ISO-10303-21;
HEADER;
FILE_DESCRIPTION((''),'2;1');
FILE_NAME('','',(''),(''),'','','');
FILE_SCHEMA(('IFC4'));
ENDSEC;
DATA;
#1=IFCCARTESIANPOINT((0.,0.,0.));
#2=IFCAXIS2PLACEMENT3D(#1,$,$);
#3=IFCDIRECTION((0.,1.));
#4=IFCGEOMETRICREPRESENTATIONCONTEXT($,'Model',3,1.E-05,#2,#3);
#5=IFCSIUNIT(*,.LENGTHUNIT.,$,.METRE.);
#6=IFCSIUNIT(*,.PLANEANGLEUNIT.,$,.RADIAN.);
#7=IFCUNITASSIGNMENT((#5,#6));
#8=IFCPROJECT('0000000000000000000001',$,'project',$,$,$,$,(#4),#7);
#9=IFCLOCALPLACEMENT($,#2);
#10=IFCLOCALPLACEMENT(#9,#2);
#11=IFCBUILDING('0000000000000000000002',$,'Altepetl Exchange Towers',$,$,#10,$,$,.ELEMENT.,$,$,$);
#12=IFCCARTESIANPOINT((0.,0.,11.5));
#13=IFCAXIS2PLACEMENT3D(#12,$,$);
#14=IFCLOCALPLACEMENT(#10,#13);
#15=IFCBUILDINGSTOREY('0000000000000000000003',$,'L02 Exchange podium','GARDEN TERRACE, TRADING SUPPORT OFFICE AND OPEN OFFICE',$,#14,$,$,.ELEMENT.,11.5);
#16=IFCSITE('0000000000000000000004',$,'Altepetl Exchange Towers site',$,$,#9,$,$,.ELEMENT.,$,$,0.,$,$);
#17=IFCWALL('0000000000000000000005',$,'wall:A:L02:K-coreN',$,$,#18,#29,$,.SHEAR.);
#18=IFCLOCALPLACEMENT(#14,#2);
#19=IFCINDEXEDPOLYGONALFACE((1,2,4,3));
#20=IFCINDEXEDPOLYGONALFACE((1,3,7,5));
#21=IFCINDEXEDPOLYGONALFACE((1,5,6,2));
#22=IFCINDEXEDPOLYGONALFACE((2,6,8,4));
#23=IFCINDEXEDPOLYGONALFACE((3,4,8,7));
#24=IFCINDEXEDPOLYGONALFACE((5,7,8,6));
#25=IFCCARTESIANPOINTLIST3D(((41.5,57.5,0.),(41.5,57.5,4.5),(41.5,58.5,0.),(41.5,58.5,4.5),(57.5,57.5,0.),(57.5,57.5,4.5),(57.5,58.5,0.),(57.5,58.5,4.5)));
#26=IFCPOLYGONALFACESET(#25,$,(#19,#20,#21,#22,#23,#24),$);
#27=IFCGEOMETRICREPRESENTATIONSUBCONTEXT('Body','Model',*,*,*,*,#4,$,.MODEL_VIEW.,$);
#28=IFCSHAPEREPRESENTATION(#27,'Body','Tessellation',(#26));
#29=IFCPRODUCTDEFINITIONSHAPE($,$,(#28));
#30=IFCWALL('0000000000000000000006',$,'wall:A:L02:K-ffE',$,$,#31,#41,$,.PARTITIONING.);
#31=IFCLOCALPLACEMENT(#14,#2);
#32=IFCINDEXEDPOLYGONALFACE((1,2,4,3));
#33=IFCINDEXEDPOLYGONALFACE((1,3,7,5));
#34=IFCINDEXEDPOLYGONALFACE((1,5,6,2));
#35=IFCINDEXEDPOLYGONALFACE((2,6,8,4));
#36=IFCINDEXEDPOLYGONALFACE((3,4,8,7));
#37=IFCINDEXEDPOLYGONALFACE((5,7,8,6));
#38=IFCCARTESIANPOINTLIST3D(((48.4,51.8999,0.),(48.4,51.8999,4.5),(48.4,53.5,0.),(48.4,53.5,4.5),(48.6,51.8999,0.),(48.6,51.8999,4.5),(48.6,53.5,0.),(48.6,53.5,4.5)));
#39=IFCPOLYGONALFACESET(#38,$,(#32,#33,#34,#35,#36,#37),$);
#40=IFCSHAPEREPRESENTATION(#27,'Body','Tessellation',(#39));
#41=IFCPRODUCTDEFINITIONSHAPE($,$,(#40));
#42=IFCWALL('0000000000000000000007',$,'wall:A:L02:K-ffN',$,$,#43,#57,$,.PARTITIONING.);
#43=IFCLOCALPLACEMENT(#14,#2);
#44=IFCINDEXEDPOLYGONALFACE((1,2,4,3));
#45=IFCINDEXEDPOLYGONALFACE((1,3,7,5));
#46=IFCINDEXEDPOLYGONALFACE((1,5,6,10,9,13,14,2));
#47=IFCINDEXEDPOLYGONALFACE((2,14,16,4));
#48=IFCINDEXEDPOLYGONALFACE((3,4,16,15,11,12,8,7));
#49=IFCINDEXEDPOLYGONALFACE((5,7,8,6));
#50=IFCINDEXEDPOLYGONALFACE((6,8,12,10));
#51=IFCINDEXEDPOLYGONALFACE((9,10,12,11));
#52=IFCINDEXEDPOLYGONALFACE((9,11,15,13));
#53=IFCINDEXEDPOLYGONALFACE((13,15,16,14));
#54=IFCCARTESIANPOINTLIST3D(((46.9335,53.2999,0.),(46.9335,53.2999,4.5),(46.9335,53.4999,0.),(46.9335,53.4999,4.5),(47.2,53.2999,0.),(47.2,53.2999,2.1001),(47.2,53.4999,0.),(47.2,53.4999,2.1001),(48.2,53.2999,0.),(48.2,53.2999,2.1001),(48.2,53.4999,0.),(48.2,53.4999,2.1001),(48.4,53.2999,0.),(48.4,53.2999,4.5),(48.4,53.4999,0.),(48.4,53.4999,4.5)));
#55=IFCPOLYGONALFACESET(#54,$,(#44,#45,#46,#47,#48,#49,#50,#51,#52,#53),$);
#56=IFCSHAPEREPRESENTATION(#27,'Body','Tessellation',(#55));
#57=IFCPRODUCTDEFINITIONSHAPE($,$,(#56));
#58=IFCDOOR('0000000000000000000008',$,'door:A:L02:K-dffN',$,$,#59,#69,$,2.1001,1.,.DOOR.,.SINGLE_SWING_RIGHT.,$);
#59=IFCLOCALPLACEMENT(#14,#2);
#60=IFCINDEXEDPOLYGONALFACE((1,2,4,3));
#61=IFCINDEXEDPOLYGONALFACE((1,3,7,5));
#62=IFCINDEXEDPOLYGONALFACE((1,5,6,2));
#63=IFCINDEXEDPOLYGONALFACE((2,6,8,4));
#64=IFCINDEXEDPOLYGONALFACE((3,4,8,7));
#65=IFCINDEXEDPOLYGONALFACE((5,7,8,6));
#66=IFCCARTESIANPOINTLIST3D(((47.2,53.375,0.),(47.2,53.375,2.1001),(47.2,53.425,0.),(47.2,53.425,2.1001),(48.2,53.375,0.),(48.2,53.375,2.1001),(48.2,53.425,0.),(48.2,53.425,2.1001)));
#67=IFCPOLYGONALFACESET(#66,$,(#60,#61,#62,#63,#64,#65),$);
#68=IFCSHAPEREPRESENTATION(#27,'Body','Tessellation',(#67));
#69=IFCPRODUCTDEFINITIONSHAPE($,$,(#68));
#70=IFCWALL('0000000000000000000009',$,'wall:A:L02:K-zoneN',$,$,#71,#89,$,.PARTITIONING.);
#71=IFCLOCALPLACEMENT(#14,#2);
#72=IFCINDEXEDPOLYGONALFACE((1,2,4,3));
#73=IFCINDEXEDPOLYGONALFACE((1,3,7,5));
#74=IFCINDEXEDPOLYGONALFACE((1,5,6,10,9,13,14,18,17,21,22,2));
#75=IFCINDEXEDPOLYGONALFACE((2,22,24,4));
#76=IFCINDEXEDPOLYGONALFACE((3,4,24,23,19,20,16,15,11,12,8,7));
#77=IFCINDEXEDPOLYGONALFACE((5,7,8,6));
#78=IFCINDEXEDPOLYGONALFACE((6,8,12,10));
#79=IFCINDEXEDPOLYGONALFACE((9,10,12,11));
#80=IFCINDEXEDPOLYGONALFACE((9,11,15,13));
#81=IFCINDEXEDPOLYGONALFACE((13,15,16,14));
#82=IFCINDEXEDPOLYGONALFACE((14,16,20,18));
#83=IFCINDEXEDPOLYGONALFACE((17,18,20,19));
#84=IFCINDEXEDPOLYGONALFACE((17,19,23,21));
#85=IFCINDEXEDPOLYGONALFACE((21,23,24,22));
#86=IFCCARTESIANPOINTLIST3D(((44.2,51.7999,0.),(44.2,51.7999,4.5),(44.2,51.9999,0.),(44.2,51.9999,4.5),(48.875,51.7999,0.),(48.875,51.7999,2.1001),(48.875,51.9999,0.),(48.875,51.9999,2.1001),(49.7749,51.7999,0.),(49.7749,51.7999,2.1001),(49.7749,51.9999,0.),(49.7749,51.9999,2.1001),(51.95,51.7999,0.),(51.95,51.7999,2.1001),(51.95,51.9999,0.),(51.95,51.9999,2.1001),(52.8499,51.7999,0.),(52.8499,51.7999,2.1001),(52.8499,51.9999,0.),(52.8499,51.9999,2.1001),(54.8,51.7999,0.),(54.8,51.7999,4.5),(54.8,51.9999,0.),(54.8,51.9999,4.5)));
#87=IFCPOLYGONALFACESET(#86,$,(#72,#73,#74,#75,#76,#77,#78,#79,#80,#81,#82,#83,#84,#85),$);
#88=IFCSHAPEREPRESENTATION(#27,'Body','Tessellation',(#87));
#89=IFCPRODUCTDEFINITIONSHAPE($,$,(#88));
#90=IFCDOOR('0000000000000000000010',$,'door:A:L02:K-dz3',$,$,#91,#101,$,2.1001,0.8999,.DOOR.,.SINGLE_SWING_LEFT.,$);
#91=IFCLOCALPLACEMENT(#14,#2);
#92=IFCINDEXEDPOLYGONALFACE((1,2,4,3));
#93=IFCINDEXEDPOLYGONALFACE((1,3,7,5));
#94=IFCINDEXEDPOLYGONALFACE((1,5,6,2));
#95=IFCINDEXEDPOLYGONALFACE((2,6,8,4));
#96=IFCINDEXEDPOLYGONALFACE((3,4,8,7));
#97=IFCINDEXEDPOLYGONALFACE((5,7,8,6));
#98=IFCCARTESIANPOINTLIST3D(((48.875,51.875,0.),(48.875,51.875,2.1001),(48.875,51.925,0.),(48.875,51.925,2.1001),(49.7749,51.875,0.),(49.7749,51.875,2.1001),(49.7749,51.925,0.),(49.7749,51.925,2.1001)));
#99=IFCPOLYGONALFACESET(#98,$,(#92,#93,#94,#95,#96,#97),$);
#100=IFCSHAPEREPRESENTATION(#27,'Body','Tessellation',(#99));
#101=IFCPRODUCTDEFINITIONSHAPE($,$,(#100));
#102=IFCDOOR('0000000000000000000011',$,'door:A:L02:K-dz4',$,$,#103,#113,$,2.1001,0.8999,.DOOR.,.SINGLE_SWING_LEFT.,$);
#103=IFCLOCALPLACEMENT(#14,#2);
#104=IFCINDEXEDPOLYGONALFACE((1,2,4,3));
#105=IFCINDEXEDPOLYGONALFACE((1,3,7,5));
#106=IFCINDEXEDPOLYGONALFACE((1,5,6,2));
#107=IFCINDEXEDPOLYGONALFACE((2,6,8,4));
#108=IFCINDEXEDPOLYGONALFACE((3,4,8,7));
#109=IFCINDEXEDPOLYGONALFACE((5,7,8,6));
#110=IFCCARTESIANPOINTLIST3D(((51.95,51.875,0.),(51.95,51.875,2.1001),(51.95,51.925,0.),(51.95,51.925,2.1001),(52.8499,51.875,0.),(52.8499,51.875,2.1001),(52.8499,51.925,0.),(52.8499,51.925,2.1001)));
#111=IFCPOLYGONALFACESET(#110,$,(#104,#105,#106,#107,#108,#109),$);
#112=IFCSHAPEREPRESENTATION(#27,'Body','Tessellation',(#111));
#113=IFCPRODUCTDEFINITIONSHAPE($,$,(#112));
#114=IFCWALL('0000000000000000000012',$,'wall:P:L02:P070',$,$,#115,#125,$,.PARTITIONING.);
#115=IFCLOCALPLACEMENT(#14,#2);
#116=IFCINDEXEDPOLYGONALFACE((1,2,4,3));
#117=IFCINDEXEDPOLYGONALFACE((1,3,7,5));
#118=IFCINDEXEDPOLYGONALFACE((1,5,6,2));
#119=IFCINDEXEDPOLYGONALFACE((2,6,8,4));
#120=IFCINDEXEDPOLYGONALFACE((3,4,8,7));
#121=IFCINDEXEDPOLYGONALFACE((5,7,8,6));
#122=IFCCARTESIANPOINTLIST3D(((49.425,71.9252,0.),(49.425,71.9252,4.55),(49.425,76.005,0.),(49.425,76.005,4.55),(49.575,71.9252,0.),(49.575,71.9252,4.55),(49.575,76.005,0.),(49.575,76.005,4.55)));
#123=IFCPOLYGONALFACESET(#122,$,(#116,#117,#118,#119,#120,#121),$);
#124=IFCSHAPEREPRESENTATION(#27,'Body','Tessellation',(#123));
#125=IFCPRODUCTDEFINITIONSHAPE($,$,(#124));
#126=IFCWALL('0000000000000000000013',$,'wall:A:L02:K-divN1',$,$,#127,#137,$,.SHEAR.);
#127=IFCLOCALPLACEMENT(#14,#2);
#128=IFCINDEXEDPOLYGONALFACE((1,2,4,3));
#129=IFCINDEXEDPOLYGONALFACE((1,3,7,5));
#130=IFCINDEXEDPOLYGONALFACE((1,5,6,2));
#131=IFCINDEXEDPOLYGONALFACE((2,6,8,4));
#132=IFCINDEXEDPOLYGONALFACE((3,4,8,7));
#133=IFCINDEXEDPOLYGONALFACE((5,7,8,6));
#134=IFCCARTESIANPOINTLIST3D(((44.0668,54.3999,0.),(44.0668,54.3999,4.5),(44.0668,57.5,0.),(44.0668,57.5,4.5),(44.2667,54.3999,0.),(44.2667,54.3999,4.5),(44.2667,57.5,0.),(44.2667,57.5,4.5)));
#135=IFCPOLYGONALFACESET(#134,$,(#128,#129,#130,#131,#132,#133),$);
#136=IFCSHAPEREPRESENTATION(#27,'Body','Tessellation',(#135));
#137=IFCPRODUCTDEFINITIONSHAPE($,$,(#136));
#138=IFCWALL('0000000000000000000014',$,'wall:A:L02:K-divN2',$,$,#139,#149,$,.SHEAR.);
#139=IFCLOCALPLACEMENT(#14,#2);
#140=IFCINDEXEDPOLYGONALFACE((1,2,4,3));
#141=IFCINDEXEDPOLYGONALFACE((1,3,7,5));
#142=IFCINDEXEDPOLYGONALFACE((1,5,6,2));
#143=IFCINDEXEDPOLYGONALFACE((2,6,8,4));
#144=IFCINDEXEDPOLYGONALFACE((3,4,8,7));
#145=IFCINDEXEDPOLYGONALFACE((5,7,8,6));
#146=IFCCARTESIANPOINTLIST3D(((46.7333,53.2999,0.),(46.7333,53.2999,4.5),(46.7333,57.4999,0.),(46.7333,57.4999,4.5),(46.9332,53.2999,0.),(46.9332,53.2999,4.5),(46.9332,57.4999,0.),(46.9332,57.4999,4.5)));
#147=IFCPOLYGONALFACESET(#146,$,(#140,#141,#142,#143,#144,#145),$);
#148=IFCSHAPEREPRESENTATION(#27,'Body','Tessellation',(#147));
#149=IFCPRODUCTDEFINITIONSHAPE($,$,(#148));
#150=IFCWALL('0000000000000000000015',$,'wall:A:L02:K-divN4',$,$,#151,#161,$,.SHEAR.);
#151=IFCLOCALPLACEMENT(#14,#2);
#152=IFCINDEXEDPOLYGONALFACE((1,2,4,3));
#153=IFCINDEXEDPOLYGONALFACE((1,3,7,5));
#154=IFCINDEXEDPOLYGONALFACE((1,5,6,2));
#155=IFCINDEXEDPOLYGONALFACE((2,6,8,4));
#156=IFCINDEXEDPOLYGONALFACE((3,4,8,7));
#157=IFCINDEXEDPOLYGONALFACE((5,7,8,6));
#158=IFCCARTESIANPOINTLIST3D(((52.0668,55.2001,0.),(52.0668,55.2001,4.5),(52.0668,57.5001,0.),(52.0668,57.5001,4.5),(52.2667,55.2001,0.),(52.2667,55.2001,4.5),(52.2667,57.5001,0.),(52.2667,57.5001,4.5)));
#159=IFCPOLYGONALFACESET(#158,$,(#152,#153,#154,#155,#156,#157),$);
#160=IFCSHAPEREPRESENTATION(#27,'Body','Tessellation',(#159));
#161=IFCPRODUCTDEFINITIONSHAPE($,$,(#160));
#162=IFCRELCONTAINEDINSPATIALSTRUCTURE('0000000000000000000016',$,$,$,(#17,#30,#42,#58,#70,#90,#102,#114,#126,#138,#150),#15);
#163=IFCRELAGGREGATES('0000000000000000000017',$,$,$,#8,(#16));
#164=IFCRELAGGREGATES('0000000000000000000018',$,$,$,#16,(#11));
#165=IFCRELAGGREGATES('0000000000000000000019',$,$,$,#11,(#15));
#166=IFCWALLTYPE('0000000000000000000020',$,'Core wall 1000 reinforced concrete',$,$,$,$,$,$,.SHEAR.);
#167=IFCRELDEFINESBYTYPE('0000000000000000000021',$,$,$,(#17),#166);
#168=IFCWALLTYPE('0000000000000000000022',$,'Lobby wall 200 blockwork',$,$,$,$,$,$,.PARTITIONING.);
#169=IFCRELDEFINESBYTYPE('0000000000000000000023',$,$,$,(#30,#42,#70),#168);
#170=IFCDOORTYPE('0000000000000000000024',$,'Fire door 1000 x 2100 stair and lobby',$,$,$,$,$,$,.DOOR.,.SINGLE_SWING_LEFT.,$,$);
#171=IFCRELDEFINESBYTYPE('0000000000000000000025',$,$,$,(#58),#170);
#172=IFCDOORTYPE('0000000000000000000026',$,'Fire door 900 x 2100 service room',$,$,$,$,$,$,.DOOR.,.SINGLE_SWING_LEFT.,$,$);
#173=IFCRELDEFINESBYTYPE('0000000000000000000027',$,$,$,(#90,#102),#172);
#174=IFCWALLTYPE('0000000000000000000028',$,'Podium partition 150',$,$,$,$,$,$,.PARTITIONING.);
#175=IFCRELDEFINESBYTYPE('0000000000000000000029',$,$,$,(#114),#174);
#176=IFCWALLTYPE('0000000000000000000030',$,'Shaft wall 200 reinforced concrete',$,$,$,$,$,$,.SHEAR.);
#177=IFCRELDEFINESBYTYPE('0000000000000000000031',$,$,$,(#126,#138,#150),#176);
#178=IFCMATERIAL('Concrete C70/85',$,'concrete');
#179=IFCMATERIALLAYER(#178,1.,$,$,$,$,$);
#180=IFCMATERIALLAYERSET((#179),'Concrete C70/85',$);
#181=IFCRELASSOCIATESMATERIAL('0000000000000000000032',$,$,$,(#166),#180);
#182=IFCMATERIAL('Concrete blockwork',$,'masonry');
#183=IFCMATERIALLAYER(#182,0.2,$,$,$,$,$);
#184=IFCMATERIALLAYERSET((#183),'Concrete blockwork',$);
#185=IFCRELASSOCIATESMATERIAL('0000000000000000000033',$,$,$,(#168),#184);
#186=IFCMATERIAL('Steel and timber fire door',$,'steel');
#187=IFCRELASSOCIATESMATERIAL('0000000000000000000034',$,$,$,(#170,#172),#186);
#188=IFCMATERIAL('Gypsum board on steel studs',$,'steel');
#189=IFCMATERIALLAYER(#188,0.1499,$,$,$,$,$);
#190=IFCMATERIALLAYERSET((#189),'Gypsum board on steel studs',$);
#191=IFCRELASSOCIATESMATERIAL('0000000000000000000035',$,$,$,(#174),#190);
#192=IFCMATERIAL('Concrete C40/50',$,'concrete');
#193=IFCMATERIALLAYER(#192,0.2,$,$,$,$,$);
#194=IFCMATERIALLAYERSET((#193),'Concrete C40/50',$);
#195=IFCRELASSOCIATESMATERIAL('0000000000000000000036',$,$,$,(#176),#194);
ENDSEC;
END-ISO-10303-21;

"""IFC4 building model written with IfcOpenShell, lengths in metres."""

from ifc_helpers import new_model, si_unit, direction, frame, frame_2d, origin, place, context, subcontext, project, spatial, rectangle, extrude, material, layer, layer_set, type_object, element, fill, save


model = new_model("IFC4")

# Units and contexts
model_context = context("Model", 3, precision=1e-05, world=origin(), true_north=direction((0.0, 1.0)))
body_context = subcontext(model_context, "Body", "Model", "MODEL_VIEW")
ifc_project = project(units=[si_unit("LENGTHUNIT", "METRE"), si_unit("PLANEANGLEUNIT", "RADIAN")], contexts=[model_context])

# Site, building, storey
site_placement = place(None, origin())
site = spatial("IfcSite", under=ifc_project, at=site_placement, Name="Altepetl Exchange Towers site", CompositionType="ELEMENT", RefElevation=0.0)
building_placement = place(site_placement, origin())
building = spatial("IfcBuilding", under=site, at=building_placement, Name="Altepetl Exchange Towers", CompositionType="ELEMENT")
storey_placement = place(building_placement, frame((0.0, 0.0, 11.5)))
storey = spatial("IfcBuildingStorey", under=building, at=storey_placement, Name="L02 Exchange podium", Description="GARDEN TERRACE, TRADING SUPPORT OFFICE AND OPEN OFFICE", CompositionType="ELEMENT", Elevation=11.5)

# Walls
ifc_material_1 = material(Name="Concrete C70/85", Category="concrete")
ifc_layer_1 = layer(ifc_material_1, 1.0)
ifc_layer_set_1 = layer_set([ifc_layer_1], Name="Concrete C70/85")
wall_type_1 = type_object("IfcWallType", Name="Core wall 1000 reinforced concrete", PredefinedType="SHEAR", material=ifc_layer_set_1)
wall_1_placement = place(storey_placement, frame((41.5, 58.0, 0.0)))
element("IfcWall", 1, at=wall_1_placement, inside=storey, type_object=wall_type_1, Name="wall:A:L02:K-coreN", PredefinedType="SHEAR", context=body_context, shape_type="SweptSolid", body=[
    extrude(rectangle(XDim=16.0, YDim=1.0, at=frame_2d((8.0, 0.0))), origin(), (0.0, 0.0, 1.0), 4.5),
])
ifc_material_2 = material(Name="Concrete blockwork", Category="masonry")
ifc_layer_2 = layer(ifc_material_2, 0.2)
ifc_layer_set_2 = layer_set([ifc_layer_2], Name="Concrete blockwork")
wall_type_2 = type_object("IfcWallType", Name="Lobby wall 200 blockwork", PredefinedType="PARTITIONING", material=ifc_layer_set_2)
wall_2_placement = place(storey_placement, frame((48.5, 51.8999, 0.0), z_axis=(0.0, 0.0, 1.0), x_axis=(0.0, 1.0, 0.0)))
element("IfcWall", 2, at=wall_2_placement, inside=storey, type_object=wall_type_2, Name="wall:A:L02:K-ffE", PredefinedType="PARTITIONING", context=body_context, shape_type="SweptSolid", body=[
    extrude(rectangle(XDim=1.6001, YDim=0.2, at=frame_2d((0.8, 0.0))), origin(), (0.0, 0.0, 1.0), 4.5),
])

# Wall, opening, door
wall_3_placement = place(storey_placement, frame((46.9333, 53.3999, 0.0)))
wall_3 = element("IfcWall", 3, at=wall_3_placement, inside=storey, type_object=wall_type_2, Name="wall:A:L02:K-ffN", PredefinedType="PARTITIONING", context=body_context, shape_type="SweptSolid", body=[
    extrude(rectangle(XDim=1.4666, YDim=0.2, at=frame_2d((0.7334, 0.0))), origin(), (0.0, 0.0, 1.0), 4.5),
])
opening_1_placement = place(wall_3_placement, frame((0.2666, 0.0, 0.0)))
opening_1 = element("IfcOpeningElement", 4, at=opening_1_placement, cuts=wall_3, PredefinedType="OPENING", context=body_context, shape_type="SweptSolid", body=[
    extrude(rectangle(XDim=1.0, YDim=2.1001, at=frame_2d((0.5, 1.05))), frame((0.0, 0.1099, 0.0), z_axis=(0.0, -1.0, 0.0), x_axis=(1.0, 0.0, 0.0)), (0.0, 0.0, 1.0), 0.22),
])
ifc_material_3 = material(Name="Steel and timber fire door", Category="steel")
door_type_1 = type_object("IfcDoorType", Name="Fire door 1000 x 2100 stair and lobby", OperationType="SINGLE_SWING_LEFT", PredefinedType="DOOR", material=ifc_material_3)
door_1_placement = place(opening_1_placement, frame((1.0, 0.0, 0.0), x_axis=(-1.0, 0.0, 0.0)))
door_1 = element("IfcDoor", 5, at=door_1_placement, inside=storey, type_object=door_type_1, Name="door:A:L02:K-dffN", OperationType="SINGLE_SWING_RIGHT", OverallHeight=2.1001, OverallWidth=1.0, PredefinedType="DOOR", context=body_context, shape_type="SweptSolid", body=[
    extrude(rectangle(XDim=1.0, YDim=2.1001, at=frame_2d((0.5, 1.05))), frame((0.0, 0.0249, 0.0), z_axis=(0.0, -1.0, 0.0), x_axis=(1.0, 0.0, 0.0)), (0.0, 0.0, 1.0), 0.05),
])
fill(opening_1, door_1)

# Wall, openings, doors
wall_4_placement = place(storey_placement, frame((44.2, 51.8999, 0.0)))
wall_4 = element("IfcWall", 6, at=wall_4_placement, inside=storey, type_object=wall_type_2, Name="wall:A:L02:K-zoneN", PredefinedType="PARTITIONING", context=body_context, shape_type="SweptSolid", body=[
    extrude(rectangle(XDim=10.6001, YDim=0.2, at=frame_2d((5.3, 0.0))), origin(), (0.0, 0.0, 1.0), 4.5),
])
opening_2_placement = place(wall_4_placement, frame((4.675, 0.0, 0.0)))
opening_2 = element("IfcOpeningElement", 7, at=opening_2_placement, cuts=wall_4, PredefinedType="OPENING", context=body_context, shape_type="SweptSolid", body=[
    extrude(rectangle(XDim=0.8999, YDim=2.1001, at=frame_2d((0.45, 1.05))), frame((0.0, 0.1099, 0.0), z_axis=(0.0, -1.0, 0.0), x_axis=(1.0, 0.0, 0.0)), (0.0, 0.0, 1.0), 0.22),
])
opening_3_placement = place(wall_4_placement, frame((7.75, 0.0, 0.0)))
opening_3 = element("IfcOpeningElement", 8, at=opening_3_placement, cuts=wall_4, PredefinedType="OPENING", context=body_context, shape_type="SweptSolid", body=[
    extrude(rectangle(XDim=0.8999, YDim=2.1001, at=frame_2d((0.45, 1.05))), frame((0.0, 0.1099, 0.0), z_axis=(0.0, -1.0, 0.0), x_axis=(1.0, 0.0, 0.0)), (0.0, 0.0, 1.0), 0.22),
])
door_type_2 = type_object("IfcDoorType", Name="Fire door 900 x 2100 service room", OperationType="SINGLE_SWING_LEFT", PredefinedType="DOOR", material=ifc_material_3)
door_2_placement = place(opening_2_placement, frame((0.8999, 0.0, 0.0), x_axis=(-1.0, 0.0, 0.0)))
door_2 = element("IfcDoor", 9, at=door_2_placement, inside=storey, type_object=door_type_2, Name="door:A:L02:K-dz3", OperationType="SINGLE_SWING_LEFT", OverallHeight=2.1001, OverallWidth=0.8999, PredefinedType="DOOR", context=body_context, shape_type="SweptSolid", body=[
    extrude(rectangle(XDim=0.8999, YDim=2.1001, at=frame_2d((0.45, 1.05))), frame((0.0, 0.0249, 0.0), z_axis=(0.0, -1.0, 0.0), x_axis=(1.0, 0.0, 0.0)), (0.0, 0.0, 1.0), 0.05),
])
fill(opening_2, door_2)
door_3_placement = place(opening_3_placement, frame((0.8999, 0.0, 0.0), x_axis=(-1.0, 0.0, 0.0)))
door_3 = element("IfcDoor", 10, at=door_3_placement, inside=storey, type_object=door_type_2, Name="door:A:L02:K-dz4", OperationType="SINGLE_SWING_LEFT", OverallHeight=2.1001, OverallWidth=0.8999, PredefinedType="DOOR", context=body_context, shape_type="SweptSolid", body=[
    extrude(rectangle(XDim=0.8999, YDim=2.1001, at=frame_2d((0.45, 1.05))), frame((0.0, 0.0249, 0.0), z_axis=(0.0, -1.0, 0.0), x_axis=(1.0, 0.0, 0.0)), (0.0, 0.0, 1.0), 0.05),
])
fill(opening_3, door_3)

# Walls
ifc_material_4 = material(Name="Gypsum board on steel studs", Category="steel")
ifc_layer_3 = layer(ifc_material_4, 0.1499)
ifc_layer_set_3 = layer_set([ifc_layer_3], Name="Gypsum board on steel studs")
wall_type_3 = type_object("IfcWallType", Name="Podium partition 150", PredefinedType="PARTITIONING", material=ifc_layer_set_3)
wall_5_placement = place(storey_placement, frame((49.5, 71.925, 0.0), z_axis=(0.0, 0.0, 1.0), x_axis=(0.0, 1.0, 0.0)))
element("IfcWall", 11, at=wall_5_placement, inside=storey, type_object=wall_type_3, Name="wall:P:L02:P070", PredefinedType="PARTITIONING", context=body_context, shape_type="SweptSolid", body=[
    extrude(rectangle(XDim=4.0798, YDim=0.1499, at=frame_2d((2.04, 0.0))), origin(), (0.0, 0.0, 1.0), 4.55),
])
ifc_material_5 = material(Name="Concrete C40/50", Category="concrete")
ifc_layer_4 = layer(ifc_material_5, 0.2)
ifc_layer_set_4 = layer_set([ifc_layer_4], Name="Concrete C40/50")
wall_type_4 = type_object("IfcWallType", Name="Shaft wall 200 reinforced concrete", PredefinedType="SHEAR", material=ifc_layer_set_4)
wall_6_placement = place(storey_placement, frame((44.1667, 57.5, 0.0), z_axis=(0.0, 0.0, 1.0), x_axis=(0.0, -1.0, 0.0)))
element("IfcWall", 12, at=wall_6_placement, inside=storey, type_object=wall_type_4, Name="wall:A:L02:K-divN1", PredefinedType="SHEAR", context=body_context, shape_type="SweptSolid", body=[
    extrude(rectangle(XDim=3.1001, YDim=0.2, at=frame_2d((1.55, 0.0))), origin(), (0.0, 0.0, 1.0), 4.5),
])
wall_7_placement = place(storey_placement, frame((46.8333, 57.5, 0.0), z_axis=(0.0, 0.0, 1.0), x_axis=(0.0, -1.0, 0.0)))
element("IfcWall", 13, at=wall_7_placement, inside=storey, type_object=wall_type_4, Name="wall:A:L02:K-divN2", PredefinedType="SHEAR", context=body_context, shape_type="SweptSolid", body=[
    extrude(rectangle(XDim=4.2, YDim=0.2, at=frame_2d((2.1001, 0.0))), origin(), (0.0, 0.0, 1.0), 4.5),
])
wall_8_placement = place(storey_placement, frame((52.1667, 57.5, 0.0), z_axis=(0.0, 0.0, 1.0), x_axis=(0.0, -1.0, 0.0)))
element("IfcWall", 14, at=wall_8_placement, inside=storey, type_object=wall_type_4, Name="wall:A:L02:K-divN4", PredefinedType="SHEAR", context=body_context, shape_type="SweptSolid", body=[
    extrude(rectangle(XDim=2.3, YDim=0.2, at=frame_2d((1.1499, 0.0))), origin(), (0.0, 0.0, 1.0), 4.5),
])

save(model, "model.ifc")
